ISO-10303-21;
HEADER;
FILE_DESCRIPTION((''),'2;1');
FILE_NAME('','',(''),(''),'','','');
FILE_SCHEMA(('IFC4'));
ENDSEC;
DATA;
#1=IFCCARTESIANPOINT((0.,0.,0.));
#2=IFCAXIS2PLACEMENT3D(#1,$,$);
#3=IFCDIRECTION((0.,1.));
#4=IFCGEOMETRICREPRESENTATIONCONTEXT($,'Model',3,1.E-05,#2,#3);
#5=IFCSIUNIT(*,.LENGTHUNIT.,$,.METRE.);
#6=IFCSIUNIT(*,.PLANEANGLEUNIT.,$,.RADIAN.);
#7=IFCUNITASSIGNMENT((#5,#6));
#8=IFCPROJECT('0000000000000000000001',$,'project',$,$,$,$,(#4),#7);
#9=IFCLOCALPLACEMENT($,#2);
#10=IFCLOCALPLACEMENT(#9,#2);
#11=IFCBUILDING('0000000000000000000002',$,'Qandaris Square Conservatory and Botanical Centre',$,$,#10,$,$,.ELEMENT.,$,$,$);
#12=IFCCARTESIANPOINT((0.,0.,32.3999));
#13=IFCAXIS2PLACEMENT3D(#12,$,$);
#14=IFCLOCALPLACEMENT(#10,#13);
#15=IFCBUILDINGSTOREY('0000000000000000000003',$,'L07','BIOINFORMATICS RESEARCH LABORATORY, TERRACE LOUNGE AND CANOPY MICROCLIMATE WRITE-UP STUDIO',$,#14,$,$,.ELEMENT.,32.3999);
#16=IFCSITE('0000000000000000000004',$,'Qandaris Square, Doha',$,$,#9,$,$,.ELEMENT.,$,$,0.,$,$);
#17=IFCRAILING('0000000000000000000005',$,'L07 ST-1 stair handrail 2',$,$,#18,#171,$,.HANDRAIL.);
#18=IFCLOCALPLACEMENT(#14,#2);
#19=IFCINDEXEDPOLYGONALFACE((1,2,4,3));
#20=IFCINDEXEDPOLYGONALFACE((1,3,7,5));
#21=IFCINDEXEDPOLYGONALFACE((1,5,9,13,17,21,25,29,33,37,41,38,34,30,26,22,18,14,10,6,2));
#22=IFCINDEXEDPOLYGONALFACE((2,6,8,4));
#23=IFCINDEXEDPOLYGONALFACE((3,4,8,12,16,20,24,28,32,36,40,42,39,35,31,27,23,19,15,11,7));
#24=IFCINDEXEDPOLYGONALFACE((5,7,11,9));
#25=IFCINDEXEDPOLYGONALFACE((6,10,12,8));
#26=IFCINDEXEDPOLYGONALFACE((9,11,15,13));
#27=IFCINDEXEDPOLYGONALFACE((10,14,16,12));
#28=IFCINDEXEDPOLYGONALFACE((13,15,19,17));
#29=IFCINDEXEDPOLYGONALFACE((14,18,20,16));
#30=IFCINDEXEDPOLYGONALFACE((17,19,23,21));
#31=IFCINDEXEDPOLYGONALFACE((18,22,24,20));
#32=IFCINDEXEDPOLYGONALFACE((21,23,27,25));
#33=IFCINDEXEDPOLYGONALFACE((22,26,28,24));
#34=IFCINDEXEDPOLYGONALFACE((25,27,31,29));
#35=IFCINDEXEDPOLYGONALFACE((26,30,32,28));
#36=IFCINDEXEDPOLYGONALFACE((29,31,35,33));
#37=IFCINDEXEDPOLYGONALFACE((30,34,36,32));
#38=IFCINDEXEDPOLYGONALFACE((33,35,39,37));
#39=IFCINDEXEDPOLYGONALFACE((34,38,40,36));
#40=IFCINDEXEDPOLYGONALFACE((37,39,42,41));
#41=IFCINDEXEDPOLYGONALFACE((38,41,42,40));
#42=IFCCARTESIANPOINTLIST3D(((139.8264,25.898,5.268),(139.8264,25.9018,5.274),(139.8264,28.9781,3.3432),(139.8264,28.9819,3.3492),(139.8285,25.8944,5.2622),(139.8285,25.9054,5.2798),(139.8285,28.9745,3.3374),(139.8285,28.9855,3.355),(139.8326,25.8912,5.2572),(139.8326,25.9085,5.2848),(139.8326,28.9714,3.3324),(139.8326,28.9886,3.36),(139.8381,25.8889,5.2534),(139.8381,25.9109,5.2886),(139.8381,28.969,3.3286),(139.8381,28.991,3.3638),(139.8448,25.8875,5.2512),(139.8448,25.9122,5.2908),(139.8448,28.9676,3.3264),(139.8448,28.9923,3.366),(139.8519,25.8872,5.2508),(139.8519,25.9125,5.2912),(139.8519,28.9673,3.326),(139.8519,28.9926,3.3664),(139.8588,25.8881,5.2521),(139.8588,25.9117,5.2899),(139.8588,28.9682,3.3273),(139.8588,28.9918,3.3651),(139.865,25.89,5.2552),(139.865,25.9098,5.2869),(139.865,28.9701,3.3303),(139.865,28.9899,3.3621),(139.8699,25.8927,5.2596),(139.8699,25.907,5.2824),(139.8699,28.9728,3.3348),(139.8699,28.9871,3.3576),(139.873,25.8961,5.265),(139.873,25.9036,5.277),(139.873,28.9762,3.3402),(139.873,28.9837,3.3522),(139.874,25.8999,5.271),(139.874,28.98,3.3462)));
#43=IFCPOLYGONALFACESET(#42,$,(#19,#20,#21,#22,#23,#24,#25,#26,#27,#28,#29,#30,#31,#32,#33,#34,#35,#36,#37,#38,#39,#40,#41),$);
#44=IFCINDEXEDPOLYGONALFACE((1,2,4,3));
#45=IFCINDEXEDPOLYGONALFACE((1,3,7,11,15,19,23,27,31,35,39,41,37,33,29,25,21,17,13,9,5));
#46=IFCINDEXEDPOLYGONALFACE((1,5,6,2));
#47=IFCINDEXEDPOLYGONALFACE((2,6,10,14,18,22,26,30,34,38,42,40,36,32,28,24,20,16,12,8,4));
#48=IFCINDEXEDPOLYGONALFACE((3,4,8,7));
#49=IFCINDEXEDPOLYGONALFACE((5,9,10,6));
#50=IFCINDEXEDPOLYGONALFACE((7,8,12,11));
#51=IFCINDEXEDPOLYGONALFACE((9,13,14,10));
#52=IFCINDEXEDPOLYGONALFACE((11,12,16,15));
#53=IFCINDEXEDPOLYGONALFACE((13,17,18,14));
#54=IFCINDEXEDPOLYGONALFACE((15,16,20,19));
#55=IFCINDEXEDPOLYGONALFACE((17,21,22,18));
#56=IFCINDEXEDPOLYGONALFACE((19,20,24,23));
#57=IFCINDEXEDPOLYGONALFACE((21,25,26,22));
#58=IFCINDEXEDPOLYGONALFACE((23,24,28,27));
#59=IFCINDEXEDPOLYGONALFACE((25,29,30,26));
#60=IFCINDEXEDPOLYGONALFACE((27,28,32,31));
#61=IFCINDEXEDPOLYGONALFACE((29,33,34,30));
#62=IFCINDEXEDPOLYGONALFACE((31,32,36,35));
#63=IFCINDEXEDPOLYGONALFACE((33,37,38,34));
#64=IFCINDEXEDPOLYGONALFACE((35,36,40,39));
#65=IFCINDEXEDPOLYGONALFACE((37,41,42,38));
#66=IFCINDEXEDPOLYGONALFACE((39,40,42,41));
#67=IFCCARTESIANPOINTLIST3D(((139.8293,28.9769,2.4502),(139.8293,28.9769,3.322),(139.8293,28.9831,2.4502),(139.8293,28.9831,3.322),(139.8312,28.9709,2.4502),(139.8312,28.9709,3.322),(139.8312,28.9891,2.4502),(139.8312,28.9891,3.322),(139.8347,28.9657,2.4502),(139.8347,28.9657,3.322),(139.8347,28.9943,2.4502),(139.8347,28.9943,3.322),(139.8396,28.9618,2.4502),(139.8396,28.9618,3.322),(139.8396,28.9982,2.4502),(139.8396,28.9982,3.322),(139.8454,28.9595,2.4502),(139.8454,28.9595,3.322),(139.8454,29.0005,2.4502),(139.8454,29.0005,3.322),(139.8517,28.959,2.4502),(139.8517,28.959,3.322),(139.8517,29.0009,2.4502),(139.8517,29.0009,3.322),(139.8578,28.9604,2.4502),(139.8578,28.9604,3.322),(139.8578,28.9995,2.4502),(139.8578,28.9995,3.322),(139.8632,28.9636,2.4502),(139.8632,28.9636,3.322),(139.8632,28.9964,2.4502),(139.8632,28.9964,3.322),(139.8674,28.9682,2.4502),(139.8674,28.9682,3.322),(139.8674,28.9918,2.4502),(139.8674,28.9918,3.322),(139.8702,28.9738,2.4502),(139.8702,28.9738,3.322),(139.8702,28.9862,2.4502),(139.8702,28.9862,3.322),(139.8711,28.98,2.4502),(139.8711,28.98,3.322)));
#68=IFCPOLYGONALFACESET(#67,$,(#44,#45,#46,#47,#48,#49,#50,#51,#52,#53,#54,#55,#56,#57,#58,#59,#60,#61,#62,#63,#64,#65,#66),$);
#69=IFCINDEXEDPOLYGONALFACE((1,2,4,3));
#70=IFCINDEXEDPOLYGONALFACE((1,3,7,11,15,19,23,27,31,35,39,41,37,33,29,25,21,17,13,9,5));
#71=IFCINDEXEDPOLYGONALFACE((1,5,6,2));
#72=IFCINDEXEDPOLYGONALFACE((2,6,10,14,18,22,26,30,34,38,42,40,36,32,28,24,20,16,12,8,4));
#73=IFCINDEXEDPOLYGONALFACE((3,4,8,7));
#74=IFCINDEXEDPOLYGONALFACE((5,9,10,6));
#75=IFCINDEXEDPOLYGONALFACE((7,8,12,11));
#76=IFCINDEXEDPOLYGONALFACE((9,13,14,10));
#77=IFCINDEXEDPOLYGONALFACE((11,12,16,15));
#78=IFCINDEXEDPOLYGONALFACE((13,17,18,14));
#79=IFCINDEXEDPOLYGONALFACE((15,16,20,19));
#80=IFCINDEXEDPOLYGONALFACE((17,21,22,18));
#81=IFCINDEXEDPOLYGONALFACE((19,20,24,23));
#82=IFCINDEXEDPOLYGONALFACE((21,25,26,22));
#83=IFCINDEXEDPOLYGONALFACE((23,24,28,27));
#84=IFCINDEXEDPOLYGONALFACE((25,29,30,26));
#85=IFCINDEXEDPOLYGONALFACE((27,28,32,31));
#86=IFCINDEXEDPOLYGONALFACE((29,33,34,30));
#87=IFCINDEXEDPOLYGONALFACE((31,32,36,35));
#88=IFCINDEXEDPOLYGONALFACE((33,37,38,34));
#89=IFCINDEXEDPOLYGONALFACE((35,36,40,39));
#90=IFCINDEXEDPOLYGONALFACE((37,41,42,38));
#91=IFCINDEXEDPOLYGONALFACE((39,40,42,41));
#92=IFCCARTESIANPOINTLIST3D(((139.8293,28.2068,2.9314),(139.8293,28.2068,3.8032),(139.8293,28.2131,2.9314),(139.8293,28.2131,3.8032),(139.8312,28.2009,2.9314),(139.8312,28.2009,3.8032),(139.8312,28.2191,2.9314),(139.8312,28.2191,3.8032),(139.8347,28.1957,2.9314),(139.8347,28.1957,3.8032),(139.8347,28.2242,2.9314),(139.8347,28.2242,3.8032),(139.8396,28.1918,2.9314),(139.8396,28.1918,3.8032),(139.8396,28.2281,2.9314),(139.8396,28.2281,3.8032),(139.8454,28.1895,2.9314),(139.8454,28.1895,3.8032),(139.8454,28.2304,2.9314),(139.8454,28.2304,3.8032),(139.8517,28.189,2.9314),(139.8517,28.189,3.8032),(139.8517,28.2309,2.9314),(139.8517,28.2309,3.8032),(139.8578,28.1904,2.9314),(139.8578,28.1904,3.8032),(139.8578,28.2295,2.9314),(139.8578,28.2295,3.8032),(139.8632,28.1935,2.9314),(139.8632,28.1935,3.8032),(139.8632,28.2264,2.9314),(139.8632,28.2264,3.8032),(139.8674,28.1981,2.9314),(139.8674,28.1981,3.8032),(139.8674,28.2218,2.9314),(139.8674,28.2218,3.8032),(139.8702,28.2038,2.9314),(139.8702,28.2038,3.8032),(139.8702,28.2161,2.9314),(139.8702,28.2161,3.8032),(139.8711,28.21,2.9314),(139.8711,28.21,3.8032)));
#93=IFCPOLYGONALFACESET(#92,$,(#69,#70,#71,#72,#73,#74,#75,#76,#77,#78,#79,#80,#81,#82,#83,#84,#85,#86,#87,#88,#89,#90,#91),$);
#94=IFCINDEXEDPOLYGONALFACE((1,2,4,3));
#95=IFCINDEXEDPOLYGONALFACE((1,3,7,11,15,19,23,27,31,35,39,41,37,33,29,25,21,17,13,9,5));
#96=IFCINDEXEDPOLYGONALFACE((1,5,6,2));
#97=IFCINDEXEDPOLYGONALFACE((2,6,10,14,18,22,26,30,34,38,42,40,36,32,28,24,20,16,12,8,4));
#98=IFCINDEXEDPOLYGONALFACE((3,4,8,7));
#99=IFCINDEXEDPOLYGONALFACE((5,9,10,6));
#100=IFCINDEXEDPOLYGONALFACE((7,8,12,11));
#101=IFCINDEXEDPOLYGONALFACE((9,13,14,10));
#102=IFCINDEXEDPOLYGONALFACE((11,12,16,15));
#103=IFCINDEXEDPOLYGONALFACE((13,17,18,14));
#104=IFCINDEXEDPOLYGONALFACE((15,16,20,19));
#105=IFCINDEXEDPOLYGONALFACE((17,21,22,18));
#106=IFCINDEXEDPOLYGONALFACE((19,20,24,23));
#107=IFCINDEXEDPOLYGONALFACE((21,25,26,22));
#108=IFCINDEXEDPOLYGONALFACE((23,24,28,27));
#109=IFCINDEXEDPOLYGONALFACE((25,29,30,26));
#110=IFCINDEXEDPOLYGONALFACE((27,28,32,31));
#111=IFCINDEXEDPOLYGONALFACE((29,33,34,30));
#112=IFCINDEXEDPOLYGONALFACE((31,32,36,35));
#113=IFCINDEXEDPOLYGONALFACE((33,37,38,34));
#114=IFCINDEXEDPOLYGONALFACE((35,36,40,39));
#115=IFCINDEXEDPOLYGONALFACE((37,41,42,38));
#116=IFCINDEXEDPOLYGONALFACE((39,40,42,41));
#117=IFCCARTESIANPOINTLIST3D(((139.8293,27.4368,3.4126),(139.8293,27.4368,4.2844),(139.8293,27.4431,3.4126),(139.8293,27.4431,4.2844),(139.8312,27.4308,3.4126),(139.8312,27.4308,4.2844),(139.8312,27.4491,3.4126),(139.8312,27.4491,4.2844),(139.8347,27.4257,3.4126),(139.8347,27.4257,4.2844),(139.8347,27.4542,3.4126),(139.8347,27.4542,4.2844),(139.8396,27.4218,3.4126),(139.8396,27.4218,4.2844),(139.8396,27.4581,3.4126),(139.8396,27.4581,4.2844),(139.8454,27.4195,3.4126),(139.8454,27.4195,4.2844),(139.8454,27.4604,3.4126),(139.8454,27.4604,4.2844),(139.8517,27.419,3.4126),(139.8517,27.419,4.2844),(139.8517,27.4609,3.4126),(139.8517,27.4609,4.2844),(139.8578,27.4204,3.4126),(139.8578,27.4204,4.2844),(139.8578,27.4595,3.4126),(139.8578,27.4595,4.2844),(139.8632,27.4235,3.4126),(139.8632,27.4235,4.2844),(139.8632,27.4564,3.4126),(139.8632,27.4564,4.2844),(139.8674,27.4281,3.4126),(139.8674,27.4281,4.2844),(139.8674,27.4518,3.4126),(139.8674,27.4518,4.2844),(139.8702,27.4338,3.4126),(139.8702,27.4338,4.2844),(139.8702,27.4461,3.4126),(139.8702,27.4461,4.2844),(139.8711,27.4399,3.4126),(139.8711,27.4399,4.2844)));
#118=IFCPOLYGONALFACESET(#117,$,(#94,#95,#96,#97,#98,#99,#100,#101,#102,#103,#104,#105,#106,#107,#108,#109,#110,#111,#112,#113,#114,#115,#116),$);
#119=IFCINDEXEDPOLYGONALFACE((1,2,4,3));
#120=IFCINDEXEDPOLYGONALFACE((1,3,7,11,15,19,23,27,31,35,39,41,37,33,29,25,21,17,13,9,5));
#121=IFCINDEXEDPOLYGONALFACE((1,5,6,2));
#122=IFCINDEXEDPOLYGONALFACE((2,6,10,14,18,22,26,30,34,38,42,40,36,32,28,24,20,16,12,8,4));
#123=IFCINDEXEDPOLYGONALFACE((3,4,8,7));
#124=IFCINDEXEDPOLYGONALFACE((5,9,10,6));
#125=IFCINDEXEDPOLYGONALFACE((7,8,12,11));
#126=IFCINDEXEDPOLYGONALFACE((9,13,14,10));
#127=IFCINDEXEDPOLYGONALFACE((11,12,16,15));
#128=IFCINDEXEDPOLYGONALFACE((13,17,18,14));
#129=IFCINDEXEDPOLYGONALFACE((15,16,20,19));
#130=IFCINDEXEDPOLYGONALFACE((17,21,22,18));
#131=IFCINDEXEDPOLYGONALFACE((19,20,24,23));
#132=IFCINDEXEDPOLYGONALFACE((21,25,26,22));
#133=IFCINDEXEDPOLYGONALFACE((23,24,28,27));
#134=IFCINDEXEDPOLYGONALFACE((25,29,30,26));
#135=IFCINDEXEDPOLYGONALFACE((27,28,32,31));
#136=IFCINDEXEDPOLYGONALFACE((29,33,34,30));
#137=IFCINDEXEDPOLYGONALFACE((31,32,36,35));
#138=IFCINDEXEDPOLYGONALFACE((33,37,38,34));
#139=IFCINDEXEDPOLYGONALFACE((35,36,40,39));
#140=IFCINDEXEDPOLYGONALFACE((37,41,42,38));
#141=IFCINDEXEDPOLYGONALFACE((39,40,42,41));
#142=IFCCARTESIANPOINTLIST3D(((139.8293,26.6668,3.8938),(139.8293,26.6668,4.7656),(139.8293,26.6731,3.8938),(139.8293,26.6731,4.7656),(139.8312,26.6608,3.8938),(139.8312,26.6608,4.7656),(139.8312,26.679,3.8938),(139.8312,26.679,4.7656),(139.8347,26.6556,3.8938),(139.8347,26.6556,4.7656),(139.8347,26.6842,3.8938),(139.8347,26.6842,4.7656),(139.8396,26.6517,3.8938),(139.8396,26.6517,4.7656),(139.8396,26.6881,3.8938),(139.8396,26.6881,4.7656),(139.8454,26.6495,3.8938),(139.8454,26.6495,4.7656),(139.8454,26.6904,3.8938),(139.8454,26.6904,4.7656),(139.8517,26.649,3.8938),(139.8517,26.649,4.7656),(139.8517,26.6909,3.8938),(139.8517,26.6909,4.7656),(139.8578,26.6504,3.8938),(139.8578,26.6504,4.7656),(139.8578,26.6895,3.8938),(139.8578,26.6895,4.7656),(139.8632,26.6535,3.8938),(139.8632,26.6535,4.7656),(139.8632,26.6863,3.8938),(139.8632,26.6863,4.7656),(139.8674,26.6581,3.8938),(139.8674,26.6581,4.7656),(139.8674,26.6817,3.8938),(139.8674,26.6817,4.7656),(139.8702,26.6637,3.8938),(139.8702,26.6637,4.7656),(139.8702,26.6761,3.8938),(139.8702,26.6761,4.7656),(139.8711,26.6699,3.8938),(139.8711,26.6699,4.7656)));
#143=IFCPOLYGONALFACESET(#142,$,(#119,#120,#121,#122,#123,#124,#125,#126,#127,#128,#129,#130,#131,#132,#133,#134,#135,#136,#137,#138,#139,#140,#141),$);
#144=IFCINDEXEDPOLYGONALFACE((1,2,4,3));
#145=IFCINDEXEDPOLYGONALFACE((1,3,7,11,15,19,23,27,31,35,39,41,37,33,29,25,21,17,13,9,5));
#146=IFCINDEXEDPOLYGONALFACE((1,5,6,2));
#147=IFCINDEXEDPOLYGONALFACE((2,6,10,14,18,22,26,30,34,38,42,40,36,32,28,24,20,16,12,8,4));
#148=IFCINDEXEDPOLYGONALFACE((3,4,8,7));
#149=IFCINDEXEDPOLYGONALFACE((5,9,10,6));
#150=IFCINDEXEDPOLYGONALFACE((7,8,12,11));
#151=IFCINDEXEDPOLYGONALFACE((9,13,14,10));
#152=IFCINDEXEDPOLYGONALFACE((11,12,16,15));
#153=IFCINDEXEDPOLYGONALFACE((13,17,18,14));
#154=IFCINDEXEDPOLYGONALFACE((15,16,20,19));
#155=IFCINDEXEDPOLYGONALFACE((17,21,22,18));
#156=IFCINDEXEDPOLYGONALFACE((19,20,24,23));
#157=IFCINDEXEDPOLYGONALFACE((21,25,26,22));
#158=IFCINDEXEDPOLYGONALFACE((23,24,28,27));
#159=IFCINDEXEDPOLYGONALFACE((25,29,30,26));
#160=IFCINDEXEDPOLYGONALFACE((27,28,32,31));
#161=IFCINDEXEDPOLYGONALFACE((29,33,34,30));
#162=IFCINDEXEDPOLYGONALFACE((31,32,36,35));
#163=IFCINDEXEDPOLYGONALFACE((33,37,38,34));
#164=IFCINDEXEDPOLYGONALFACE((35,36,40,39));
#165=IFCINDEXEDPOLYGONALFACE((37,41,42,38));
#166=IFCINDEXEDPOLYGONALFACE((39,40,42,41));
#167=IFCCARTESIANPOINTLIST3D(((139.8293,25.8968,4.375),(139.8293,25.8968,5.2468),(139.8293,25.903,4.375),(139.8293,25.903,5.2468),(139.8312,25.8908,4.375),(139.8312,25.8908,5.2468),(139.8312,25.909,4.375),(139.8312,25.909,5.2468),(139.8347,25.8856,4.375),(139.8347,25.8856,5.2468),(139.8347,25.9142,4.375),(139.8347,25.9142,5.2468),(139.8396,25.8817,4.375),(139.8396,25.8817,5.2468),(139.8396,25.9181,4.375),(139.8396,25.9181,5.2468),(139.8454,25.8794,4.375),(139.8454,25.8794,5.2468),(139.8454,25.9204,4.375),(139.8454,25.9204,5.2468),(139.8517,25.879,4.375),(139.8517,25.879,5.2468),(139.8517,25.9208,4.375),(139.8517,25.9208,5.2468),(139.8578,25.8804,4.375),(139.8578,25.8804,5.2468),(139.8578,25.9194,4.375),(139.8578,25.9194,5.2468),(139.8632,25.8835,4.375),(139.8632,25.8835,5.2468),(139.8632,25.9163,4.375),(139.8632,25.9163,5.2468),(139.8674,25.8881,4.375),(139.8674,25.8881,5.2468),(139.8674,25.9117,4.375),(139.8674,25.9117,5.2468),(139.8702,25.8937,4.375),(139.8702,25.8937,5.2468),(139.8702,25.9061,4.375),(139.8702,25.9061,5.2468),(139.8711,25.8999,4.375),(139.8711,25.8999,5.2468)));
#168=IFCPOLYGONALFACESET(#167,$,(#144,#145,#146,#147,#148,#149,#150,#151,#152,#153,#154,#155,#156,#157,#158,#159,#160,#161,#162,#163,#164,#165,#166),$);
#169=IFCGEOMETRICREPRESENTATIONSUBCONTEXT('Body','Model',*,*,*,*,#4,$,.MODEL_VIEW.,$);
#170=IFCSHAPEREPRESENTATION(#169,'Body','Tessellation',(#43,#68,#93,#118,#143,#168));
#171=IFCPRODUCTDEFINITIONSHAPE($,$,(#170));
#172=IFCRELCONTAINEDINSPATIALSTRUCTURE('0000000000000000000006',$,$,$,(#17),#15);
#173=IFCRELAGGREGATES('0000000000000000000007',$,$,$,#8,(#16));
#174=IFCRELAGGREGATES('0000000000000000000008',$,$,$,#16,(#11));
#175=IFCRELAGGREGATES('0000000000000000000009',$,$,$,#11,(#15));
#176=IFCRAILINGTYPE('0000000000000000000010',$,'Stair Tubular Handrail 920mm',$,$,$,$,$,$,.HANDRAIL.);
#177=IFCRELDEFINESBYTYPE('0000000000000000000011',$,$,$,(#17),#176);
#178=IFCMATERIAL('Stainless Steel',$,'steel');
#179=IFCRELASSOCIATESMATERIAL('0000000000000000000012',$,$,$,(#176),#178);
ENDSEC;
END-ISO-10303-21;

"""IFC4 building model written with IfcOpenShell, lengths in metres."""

from ifc_helpers import new_model, si_unit, direction, frame, origin, origin_2d, place, context, subcontext, project, spatial, circle, extrude, material, type_object, element, save


model = new_model("IFC4")

# Units and contexts
model_context = context("Model", 3, precision=1e-05, world=origin(), true_north=direction((0.0, 1.0)))
body_context = subcontext(model_context, "Body", "Model", "MODEL_VIEW")
ifc_project = project(units=[si_unit("LENGTHUNIT", "METRE"), si_unit("PLANEANGLEUNIT", "RADIAN")], contexts=[model_context])

# Site, building, storey
site_placement = place(None, origin())
site = spatial("IfcSite", under=ifc_project, at=site_placement, Name="Qandaris Square, Doha", CompositionType="ELEMENT", RefElevation=0.0)
building_placement = place(site_placement, origin())
building = spatial("IfcBuilding", under=site, at=building_placement, Name="Qandaris Square Conservatory and Botanical Centre", CompositionType="ELEMENT")
storey_placement = place(building_placement, frame((0.0, 0.0, 32.3999)))
storey = spatial("IfcBuildingStorey", under=building, at=storey_placement, Name="L07", Description="BIOINFORMATICS RESEARCH LABORATORY, TERRACE LOUNGE AND CANOPY MICROCLIMATE WRITE-UP STUDIO", CompositionType="ELEMENT", Elevation=32.3999)

# Railing
ifc_material_1 = material(Name="Stainless Steel", Category="steel")
railing_type_1 = type_object("IfcRailingType", Name="Stair Tubular Handrail 920mm", PredefinedType="HANDRAIL", material=ifc_material_1)
railing_1_placement = place(storey_placement, frame((139.8501, 28.98, 2.4502)))
element("IfcRailing", 1, at=railing_1_placement, inside=storey, type_object=railing_type_1, Name="L07 ST-1 stair handrail 2", PredefinedType="HANDRAIL", context=body_context, shape_type="SweptSolid", body=[
    extrude(circle(Radius=0.0239, at=origin_2d()), frame((0.0, 0.0, 0.896), z_axis=(0.0, -0.848029, 0.529951), x_axis=(1.0, 0.0, 0.0)), (0.0, 0.0, 1.0), 3.6321),
    extrude(circle(Radius=0.021, at=origin_2d()), origin(), (0.0, 0.0, 1.0), 0.8718),
    extrude(circle(Radius=0.021, at=origin_2d()), frame((0.0, -0.77, 0.4812)), (0.0, 0.0, 1.0), 0.8718),
    extrude(circle(Radius=0.021, at=origin_2d()), frame((0.0, -1.54, 0.9624)), (0.0, 0.0, 1.0), 0.8718),
    extrude(circle(Radius=0.021, at=origin_2d()), frame((0.0, -2.3101, 1.4436)), (0.0, 0.0, 1.0), 0.8718),
    extrude(circle(Radius=0.021, at=origin_2d()), frame((0.0, -3.0801, 1.9248)), (0.0, 0.0, 1.0), 0.8718),
])

save(model, "model.ifc")
